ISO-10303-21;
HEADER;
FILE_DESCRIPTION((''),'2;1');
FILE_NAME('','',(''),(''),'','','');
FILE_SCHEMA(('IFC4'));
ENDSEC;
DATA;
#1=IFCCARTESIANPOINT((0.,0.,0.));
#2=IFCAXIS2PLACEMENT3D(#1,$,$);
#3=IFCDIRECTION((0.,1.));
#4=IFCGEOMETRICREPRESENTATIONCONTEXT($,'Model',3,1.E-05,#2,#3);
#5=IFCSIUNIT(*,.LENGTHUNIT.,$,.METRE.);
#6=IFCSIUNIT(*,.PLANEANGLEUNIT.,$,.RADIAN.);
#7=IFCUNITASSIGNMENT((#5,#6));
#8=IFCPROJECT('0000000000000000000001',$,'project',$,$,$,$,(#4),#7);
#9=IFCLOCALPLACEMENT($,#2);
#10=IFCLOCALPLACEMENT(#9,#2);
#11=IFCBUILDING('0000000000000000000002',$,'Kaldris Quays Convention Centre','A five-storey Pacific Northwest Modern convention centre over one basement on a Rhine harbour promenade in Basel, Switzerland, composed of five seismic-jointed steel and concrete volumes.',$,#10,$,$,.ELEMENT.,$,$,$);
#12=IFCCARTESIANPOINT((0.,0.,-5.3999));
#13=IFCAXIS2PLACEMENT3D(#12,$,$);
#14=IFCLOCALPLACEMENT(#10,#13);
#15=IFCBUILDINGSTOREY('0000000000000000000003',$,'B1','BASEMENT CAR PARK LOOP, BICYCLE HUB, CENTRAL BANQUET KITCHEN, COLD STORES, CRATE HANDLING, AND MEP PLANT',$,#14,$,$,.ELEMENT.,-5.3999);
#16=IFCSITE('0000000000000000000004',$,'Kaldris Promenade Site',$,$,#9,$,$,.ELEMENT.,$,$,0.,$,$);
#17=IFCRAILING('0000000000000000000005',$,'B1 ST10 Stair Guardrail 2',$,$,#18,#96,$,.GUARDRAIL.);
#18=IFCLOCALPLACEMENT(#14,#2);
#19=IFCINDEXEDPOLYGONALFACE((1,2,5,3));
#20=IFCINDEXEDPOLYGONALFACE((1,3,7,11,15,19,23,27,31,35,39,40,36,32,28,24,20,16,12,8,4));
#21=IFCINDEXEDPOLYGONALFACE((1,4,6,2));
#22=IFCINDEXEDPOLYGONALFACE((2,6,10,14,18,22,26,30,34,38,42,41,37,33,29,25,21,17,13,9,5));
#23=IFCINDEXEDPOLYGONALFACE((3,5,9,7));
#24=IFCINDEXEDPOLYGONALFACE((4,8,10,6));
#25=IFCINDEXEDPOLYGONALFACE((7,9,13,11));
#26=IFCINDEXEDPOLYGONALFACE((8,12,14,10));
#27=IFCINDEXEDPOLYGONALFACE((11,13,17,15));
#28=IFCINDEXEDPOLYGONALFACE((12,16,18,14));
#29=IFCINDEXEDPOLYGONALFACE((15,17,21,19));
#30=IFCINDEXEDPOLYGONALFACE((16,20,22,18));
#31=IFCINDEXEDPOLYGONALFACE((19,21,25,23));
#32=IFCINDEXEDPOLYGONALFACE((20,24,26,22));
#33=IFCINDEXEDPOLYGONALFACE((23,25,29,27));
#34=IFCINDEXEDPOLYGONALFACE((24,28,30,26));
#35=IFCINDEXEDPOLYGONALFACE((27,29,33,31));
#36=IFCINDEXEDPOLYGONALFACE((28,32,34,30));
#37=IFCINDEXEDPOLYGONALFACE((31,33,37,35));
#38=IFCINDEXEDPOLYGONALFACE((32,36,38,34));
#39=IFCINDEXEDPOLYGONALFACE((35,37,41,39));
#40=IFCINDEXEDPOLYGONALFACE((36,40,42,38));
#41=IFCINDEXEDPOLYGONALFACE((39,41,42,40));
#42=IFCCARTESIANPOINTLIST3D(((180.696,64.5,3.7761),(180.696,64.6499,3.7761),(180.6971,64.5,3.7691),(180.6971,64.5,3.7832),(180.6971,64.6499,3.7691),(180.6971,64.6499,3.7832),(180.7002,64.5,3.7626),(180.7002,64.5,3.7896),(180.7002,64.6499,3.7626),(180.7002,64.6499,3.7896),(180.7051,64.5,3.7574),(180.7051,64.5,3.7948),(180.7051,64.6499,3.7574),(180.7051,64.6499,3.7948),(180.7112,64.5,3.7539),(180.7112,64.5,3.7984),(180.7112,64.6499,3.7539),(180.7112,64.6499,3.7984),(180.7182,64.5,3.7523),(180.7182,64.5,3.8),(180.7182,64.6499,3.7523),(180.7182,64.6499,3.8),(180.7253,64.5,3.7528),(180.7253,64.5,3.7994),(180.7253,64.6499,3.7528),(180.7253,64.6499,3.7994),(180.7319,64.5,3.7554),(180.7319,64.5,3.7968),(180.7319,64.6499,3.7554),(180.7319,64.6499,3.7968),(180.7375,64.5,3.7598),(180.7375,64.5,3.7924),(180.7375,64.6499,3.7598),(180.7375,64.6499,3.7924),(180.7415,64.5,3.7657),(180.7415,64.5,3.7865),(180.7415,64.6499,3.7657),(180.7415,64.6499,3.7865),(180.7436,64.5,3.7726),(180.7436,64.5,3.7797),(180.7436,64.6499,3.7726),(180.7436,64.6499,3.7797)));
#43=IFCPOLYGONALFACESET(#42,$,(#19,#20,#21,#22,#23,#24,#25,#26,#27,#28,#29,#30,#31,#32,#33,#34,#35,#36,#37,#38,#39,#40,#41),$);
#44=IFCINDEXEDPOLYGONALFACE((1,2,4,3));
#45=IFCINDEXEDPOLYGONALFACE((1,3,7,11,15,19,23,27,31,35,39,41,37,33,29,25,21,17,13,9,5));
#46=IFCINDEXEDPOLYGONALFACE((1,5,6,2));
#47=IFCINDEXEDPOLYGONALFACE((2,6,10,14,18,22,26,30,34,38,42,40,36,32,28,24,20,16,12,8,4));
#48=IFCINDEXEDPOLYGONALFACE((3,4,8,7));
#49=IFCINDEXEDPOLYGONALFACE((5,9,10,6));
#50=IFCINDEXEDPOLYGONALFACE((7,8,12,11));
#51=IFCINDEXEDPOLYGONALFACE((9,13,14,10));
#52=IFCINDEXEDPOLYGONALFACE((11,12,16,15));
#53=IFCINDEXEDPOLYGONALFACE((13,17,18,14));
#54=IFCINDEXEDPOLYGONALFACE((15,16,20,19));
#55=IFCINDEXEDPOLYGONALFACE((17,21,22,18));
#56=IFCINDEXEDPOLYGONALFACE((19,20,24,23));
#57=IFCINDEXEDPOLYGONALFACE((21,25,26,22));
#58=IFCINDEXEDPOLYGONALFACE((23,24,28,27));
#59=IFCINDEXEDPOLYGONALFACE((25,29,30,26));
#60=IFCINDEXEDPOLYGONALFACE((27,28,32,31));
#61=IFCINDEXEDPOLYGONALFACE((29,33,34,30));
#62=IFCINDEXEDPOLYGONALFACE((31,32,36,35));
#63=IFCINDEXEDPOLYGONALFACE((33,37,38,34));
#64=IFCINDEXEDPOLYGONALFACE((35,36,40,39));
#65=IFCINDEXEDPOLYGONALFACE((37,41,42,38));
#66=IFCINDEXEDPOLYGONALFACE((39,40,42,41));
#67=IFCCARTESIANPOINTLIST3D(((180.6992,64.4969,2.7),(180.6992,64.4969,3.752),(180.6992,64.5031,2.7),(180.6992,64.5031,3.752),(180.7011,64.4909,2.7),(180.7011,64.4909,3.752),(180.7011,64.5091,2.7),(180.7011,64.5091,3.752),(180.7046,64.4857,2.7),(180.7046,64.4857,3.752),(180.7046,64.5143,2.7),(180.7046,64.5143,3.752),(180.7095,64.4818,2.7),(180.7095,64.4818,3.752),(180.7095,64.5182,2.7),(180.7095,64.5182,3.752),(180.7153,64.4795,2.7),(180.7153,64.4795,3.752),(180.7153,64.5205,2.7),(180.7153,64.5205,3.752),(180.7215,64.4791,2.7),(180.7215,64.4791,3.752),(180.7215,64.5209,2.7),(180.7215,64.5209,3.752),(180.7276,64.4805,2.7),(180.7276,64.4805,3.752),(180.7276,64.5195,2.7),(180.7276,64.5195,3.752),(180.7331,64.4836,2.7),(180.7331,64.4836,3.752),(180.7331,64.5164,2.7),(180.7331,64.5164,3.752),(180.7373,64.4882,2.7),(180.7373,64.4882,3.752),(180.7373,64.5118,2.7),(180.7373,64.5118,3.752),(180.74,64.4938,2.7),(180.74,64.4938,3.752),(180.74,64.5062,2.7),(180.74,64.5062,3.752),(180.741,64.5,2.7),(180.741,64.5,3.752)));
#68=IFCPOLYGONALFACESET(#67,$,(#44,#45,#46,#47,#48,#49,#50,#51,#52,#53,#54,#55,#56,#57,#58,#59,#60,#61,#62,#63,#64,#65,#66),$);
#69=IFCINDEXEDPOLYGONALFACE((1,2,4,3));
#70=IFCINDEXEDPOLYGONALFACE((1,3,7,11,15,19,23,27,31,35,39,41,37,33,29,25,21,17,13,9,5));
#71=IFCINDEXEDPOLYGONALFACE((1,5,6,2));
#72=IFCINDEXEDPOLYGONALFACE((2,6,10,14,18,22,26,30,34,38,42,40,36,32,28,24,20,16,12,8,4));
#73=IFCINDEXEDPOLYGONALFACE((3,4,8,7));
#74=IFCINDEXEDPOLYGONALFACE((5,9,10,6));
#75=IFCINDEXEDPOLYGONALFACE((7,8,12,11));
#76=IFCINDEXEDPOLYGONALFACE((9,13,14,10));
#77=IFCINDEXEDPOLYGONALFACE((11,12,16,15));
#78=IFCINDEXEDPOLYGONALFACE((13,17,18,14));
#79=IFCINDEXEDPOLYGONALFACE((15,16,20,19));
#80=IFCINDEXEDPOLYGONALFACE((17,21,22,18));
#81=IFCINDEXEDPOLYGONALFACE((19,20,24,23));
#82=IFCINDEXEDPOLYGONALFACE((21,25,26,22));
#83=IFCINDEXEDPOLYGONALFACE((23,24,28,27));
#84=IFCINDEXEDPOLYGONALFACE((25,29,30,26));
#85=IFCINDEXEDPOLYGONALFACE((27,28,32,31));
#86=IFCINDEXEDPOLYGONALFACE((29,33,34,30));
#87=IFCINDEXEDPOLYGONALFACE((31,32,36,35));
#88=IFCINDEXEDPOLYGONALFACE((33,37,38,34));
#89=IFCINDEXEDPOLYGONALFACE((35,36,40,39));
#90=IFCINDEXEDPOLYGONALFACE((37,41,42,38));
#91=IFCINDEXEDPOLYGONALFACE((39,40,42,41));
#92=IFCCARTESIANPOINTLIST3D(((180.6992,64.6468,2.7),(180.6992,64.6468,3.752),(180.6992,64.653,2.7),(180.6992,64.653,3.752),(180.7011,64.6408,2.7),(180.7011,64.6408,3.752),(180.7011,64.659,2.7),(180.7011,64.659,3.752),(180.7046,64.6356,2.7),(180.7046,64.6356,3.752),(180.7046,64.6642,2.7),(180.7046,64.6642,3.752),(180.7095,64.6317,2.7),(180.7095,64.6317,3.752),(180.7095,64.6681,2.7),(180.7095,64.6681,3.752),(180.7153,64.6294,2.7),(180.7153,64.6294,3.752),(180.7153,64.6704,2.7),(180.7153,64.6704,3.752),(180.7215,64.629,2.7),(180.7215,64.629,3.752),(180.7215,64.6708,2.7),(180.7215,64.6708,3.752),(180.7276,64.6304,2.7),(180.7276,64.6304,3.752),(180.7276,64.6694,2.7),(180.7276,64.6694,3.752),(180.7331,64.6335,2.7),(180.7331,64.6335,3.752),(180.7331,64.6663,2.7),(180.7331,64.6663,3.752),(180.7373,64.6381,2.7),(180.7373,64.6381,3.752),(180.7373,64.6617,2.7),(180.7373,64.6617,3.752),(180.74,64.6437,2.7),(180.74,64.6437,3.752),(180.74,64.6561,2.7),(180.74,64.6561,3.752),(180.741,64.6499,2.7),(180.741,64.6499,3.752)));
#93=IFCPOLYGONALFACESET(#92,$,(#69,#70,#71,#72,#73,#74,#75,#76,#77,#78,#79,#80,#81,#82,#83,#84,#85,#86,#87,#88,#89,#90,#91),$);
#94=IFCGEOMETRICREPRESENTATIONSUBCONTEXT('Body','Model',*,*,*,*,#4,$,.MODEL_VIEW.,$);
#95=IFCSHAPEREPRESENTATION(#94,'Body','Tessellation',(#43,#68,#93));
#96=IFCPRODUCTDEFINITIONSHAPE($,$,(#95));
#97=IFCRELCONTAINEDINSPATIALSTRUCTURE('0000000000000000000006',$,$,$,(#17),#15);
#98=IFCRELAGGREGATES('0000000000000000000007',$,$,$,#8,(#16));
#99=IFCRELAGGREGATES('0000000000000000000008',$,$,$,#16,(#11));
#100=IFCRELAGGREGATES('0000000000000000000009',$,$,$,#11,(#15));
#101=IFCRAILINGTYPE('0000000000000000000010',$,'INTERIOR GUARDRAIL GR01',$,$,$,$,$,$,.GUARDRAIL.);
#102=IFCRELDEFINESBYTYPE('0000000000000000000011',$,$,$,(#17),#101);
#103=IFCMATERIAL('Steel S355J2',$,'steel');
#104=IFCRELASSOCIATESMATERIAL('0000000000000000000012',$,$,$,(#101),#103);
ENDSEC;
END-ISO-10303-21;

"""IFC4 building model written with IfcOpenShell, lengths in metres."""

from ifc_helpers import new_model, si_unit, direction, frame, origin, origin_2d, place, context, subcontext, project, spatial, circle, extrude, material, type_object, element, save


model = new_model("IFC4")

# Units and contexts
model_context = context("Model", 3, precision=1e-05, world=origin(), true_north=direction((0.0, 1.0)))
body_context = subcontext(model_context, "Body", "Model", "MODEL_VIEW")
ifc_project = project(units=[si_unit("LENGTHUNIT", "METRE"), si_unit("PLANEANGLEUNIT", "RADIAN")], contexts=[model_context])

# Site, building, storey
site_placement = place(None, origin())
site = spatial("IfcSite", under=ifc_project, at=site_placement, Name="Kaldris Promenade Site", CompositionType="ELEMENT", RefElevation=0.0)
building_placement = place(site_placement, origin())
building = spatial("IfcBuilding", under=site, at=building_placement, Name="Kaldris Quays Convention Centre", Description="A five-storey Pacific Northwest Modern convention centre over one basement on a Rhine harbour promenade in Basel, Switzerland, composed of five seismic-jointed steel and concrete volumes.", CompositionType="ELEMENT")
storey_placement = place(building_placement, frame((0.0, 0.0, -5.3999)))
storey = spatial("IfcBuildingStorey", under=building, at=storey_placement, Name="B1", Description="BASEMENT CAR PARK LOOP, BICYCLE HUB, CENTRAL BANQUET KITCHEN, COLD STORES, CRATE HANDLING, AND MEP PLANT", CompositionType="ELEMENT", Elevation=-5.3999)

# Shared definitions
ifc_material_1 = material(Name="Steel S355J2", Category="steel")

# Railing
railing_type_1 = type_object("IfcRailingType", Name="INTERIOR GUARDRAIL GR01", PredefinedType="GUARDRAIL", material=ifc_material_1)
railing_1_placement = place(storey_placement, frame((180.72, 64.5, 2.7)))
element("IfcRailing", 1, at=railing_1_placement, inside=storey, type_object=railing_type_1, Name="B1 ST10 Stair Guardrail 2", PredefinedType="GUARDRAIL", context=body_context, shape_type="SweptSolid", body=[
    extrude(circle(Radius=0.0239, at=origin_2d()), frame((0.0, 0.0, 1.0762), z_axis=(0.0, 1.0, 0.0), x_axis=(-1.0, 0.0, 0.0)), (0.0, 0.0, 1.0), 0.1499),
    extrude(circle(Radius=0.021, at=origin_2d()), origin(), (0.0, 0.0, 1.0), 1.052),
    extrude(circle(Radius=0.021, at=origin_2d()), frame((0.0, 0.1499, 0.0)), (0.0, 0.0, 1.0), 1.052),
])

save(model, "model.ifc")
